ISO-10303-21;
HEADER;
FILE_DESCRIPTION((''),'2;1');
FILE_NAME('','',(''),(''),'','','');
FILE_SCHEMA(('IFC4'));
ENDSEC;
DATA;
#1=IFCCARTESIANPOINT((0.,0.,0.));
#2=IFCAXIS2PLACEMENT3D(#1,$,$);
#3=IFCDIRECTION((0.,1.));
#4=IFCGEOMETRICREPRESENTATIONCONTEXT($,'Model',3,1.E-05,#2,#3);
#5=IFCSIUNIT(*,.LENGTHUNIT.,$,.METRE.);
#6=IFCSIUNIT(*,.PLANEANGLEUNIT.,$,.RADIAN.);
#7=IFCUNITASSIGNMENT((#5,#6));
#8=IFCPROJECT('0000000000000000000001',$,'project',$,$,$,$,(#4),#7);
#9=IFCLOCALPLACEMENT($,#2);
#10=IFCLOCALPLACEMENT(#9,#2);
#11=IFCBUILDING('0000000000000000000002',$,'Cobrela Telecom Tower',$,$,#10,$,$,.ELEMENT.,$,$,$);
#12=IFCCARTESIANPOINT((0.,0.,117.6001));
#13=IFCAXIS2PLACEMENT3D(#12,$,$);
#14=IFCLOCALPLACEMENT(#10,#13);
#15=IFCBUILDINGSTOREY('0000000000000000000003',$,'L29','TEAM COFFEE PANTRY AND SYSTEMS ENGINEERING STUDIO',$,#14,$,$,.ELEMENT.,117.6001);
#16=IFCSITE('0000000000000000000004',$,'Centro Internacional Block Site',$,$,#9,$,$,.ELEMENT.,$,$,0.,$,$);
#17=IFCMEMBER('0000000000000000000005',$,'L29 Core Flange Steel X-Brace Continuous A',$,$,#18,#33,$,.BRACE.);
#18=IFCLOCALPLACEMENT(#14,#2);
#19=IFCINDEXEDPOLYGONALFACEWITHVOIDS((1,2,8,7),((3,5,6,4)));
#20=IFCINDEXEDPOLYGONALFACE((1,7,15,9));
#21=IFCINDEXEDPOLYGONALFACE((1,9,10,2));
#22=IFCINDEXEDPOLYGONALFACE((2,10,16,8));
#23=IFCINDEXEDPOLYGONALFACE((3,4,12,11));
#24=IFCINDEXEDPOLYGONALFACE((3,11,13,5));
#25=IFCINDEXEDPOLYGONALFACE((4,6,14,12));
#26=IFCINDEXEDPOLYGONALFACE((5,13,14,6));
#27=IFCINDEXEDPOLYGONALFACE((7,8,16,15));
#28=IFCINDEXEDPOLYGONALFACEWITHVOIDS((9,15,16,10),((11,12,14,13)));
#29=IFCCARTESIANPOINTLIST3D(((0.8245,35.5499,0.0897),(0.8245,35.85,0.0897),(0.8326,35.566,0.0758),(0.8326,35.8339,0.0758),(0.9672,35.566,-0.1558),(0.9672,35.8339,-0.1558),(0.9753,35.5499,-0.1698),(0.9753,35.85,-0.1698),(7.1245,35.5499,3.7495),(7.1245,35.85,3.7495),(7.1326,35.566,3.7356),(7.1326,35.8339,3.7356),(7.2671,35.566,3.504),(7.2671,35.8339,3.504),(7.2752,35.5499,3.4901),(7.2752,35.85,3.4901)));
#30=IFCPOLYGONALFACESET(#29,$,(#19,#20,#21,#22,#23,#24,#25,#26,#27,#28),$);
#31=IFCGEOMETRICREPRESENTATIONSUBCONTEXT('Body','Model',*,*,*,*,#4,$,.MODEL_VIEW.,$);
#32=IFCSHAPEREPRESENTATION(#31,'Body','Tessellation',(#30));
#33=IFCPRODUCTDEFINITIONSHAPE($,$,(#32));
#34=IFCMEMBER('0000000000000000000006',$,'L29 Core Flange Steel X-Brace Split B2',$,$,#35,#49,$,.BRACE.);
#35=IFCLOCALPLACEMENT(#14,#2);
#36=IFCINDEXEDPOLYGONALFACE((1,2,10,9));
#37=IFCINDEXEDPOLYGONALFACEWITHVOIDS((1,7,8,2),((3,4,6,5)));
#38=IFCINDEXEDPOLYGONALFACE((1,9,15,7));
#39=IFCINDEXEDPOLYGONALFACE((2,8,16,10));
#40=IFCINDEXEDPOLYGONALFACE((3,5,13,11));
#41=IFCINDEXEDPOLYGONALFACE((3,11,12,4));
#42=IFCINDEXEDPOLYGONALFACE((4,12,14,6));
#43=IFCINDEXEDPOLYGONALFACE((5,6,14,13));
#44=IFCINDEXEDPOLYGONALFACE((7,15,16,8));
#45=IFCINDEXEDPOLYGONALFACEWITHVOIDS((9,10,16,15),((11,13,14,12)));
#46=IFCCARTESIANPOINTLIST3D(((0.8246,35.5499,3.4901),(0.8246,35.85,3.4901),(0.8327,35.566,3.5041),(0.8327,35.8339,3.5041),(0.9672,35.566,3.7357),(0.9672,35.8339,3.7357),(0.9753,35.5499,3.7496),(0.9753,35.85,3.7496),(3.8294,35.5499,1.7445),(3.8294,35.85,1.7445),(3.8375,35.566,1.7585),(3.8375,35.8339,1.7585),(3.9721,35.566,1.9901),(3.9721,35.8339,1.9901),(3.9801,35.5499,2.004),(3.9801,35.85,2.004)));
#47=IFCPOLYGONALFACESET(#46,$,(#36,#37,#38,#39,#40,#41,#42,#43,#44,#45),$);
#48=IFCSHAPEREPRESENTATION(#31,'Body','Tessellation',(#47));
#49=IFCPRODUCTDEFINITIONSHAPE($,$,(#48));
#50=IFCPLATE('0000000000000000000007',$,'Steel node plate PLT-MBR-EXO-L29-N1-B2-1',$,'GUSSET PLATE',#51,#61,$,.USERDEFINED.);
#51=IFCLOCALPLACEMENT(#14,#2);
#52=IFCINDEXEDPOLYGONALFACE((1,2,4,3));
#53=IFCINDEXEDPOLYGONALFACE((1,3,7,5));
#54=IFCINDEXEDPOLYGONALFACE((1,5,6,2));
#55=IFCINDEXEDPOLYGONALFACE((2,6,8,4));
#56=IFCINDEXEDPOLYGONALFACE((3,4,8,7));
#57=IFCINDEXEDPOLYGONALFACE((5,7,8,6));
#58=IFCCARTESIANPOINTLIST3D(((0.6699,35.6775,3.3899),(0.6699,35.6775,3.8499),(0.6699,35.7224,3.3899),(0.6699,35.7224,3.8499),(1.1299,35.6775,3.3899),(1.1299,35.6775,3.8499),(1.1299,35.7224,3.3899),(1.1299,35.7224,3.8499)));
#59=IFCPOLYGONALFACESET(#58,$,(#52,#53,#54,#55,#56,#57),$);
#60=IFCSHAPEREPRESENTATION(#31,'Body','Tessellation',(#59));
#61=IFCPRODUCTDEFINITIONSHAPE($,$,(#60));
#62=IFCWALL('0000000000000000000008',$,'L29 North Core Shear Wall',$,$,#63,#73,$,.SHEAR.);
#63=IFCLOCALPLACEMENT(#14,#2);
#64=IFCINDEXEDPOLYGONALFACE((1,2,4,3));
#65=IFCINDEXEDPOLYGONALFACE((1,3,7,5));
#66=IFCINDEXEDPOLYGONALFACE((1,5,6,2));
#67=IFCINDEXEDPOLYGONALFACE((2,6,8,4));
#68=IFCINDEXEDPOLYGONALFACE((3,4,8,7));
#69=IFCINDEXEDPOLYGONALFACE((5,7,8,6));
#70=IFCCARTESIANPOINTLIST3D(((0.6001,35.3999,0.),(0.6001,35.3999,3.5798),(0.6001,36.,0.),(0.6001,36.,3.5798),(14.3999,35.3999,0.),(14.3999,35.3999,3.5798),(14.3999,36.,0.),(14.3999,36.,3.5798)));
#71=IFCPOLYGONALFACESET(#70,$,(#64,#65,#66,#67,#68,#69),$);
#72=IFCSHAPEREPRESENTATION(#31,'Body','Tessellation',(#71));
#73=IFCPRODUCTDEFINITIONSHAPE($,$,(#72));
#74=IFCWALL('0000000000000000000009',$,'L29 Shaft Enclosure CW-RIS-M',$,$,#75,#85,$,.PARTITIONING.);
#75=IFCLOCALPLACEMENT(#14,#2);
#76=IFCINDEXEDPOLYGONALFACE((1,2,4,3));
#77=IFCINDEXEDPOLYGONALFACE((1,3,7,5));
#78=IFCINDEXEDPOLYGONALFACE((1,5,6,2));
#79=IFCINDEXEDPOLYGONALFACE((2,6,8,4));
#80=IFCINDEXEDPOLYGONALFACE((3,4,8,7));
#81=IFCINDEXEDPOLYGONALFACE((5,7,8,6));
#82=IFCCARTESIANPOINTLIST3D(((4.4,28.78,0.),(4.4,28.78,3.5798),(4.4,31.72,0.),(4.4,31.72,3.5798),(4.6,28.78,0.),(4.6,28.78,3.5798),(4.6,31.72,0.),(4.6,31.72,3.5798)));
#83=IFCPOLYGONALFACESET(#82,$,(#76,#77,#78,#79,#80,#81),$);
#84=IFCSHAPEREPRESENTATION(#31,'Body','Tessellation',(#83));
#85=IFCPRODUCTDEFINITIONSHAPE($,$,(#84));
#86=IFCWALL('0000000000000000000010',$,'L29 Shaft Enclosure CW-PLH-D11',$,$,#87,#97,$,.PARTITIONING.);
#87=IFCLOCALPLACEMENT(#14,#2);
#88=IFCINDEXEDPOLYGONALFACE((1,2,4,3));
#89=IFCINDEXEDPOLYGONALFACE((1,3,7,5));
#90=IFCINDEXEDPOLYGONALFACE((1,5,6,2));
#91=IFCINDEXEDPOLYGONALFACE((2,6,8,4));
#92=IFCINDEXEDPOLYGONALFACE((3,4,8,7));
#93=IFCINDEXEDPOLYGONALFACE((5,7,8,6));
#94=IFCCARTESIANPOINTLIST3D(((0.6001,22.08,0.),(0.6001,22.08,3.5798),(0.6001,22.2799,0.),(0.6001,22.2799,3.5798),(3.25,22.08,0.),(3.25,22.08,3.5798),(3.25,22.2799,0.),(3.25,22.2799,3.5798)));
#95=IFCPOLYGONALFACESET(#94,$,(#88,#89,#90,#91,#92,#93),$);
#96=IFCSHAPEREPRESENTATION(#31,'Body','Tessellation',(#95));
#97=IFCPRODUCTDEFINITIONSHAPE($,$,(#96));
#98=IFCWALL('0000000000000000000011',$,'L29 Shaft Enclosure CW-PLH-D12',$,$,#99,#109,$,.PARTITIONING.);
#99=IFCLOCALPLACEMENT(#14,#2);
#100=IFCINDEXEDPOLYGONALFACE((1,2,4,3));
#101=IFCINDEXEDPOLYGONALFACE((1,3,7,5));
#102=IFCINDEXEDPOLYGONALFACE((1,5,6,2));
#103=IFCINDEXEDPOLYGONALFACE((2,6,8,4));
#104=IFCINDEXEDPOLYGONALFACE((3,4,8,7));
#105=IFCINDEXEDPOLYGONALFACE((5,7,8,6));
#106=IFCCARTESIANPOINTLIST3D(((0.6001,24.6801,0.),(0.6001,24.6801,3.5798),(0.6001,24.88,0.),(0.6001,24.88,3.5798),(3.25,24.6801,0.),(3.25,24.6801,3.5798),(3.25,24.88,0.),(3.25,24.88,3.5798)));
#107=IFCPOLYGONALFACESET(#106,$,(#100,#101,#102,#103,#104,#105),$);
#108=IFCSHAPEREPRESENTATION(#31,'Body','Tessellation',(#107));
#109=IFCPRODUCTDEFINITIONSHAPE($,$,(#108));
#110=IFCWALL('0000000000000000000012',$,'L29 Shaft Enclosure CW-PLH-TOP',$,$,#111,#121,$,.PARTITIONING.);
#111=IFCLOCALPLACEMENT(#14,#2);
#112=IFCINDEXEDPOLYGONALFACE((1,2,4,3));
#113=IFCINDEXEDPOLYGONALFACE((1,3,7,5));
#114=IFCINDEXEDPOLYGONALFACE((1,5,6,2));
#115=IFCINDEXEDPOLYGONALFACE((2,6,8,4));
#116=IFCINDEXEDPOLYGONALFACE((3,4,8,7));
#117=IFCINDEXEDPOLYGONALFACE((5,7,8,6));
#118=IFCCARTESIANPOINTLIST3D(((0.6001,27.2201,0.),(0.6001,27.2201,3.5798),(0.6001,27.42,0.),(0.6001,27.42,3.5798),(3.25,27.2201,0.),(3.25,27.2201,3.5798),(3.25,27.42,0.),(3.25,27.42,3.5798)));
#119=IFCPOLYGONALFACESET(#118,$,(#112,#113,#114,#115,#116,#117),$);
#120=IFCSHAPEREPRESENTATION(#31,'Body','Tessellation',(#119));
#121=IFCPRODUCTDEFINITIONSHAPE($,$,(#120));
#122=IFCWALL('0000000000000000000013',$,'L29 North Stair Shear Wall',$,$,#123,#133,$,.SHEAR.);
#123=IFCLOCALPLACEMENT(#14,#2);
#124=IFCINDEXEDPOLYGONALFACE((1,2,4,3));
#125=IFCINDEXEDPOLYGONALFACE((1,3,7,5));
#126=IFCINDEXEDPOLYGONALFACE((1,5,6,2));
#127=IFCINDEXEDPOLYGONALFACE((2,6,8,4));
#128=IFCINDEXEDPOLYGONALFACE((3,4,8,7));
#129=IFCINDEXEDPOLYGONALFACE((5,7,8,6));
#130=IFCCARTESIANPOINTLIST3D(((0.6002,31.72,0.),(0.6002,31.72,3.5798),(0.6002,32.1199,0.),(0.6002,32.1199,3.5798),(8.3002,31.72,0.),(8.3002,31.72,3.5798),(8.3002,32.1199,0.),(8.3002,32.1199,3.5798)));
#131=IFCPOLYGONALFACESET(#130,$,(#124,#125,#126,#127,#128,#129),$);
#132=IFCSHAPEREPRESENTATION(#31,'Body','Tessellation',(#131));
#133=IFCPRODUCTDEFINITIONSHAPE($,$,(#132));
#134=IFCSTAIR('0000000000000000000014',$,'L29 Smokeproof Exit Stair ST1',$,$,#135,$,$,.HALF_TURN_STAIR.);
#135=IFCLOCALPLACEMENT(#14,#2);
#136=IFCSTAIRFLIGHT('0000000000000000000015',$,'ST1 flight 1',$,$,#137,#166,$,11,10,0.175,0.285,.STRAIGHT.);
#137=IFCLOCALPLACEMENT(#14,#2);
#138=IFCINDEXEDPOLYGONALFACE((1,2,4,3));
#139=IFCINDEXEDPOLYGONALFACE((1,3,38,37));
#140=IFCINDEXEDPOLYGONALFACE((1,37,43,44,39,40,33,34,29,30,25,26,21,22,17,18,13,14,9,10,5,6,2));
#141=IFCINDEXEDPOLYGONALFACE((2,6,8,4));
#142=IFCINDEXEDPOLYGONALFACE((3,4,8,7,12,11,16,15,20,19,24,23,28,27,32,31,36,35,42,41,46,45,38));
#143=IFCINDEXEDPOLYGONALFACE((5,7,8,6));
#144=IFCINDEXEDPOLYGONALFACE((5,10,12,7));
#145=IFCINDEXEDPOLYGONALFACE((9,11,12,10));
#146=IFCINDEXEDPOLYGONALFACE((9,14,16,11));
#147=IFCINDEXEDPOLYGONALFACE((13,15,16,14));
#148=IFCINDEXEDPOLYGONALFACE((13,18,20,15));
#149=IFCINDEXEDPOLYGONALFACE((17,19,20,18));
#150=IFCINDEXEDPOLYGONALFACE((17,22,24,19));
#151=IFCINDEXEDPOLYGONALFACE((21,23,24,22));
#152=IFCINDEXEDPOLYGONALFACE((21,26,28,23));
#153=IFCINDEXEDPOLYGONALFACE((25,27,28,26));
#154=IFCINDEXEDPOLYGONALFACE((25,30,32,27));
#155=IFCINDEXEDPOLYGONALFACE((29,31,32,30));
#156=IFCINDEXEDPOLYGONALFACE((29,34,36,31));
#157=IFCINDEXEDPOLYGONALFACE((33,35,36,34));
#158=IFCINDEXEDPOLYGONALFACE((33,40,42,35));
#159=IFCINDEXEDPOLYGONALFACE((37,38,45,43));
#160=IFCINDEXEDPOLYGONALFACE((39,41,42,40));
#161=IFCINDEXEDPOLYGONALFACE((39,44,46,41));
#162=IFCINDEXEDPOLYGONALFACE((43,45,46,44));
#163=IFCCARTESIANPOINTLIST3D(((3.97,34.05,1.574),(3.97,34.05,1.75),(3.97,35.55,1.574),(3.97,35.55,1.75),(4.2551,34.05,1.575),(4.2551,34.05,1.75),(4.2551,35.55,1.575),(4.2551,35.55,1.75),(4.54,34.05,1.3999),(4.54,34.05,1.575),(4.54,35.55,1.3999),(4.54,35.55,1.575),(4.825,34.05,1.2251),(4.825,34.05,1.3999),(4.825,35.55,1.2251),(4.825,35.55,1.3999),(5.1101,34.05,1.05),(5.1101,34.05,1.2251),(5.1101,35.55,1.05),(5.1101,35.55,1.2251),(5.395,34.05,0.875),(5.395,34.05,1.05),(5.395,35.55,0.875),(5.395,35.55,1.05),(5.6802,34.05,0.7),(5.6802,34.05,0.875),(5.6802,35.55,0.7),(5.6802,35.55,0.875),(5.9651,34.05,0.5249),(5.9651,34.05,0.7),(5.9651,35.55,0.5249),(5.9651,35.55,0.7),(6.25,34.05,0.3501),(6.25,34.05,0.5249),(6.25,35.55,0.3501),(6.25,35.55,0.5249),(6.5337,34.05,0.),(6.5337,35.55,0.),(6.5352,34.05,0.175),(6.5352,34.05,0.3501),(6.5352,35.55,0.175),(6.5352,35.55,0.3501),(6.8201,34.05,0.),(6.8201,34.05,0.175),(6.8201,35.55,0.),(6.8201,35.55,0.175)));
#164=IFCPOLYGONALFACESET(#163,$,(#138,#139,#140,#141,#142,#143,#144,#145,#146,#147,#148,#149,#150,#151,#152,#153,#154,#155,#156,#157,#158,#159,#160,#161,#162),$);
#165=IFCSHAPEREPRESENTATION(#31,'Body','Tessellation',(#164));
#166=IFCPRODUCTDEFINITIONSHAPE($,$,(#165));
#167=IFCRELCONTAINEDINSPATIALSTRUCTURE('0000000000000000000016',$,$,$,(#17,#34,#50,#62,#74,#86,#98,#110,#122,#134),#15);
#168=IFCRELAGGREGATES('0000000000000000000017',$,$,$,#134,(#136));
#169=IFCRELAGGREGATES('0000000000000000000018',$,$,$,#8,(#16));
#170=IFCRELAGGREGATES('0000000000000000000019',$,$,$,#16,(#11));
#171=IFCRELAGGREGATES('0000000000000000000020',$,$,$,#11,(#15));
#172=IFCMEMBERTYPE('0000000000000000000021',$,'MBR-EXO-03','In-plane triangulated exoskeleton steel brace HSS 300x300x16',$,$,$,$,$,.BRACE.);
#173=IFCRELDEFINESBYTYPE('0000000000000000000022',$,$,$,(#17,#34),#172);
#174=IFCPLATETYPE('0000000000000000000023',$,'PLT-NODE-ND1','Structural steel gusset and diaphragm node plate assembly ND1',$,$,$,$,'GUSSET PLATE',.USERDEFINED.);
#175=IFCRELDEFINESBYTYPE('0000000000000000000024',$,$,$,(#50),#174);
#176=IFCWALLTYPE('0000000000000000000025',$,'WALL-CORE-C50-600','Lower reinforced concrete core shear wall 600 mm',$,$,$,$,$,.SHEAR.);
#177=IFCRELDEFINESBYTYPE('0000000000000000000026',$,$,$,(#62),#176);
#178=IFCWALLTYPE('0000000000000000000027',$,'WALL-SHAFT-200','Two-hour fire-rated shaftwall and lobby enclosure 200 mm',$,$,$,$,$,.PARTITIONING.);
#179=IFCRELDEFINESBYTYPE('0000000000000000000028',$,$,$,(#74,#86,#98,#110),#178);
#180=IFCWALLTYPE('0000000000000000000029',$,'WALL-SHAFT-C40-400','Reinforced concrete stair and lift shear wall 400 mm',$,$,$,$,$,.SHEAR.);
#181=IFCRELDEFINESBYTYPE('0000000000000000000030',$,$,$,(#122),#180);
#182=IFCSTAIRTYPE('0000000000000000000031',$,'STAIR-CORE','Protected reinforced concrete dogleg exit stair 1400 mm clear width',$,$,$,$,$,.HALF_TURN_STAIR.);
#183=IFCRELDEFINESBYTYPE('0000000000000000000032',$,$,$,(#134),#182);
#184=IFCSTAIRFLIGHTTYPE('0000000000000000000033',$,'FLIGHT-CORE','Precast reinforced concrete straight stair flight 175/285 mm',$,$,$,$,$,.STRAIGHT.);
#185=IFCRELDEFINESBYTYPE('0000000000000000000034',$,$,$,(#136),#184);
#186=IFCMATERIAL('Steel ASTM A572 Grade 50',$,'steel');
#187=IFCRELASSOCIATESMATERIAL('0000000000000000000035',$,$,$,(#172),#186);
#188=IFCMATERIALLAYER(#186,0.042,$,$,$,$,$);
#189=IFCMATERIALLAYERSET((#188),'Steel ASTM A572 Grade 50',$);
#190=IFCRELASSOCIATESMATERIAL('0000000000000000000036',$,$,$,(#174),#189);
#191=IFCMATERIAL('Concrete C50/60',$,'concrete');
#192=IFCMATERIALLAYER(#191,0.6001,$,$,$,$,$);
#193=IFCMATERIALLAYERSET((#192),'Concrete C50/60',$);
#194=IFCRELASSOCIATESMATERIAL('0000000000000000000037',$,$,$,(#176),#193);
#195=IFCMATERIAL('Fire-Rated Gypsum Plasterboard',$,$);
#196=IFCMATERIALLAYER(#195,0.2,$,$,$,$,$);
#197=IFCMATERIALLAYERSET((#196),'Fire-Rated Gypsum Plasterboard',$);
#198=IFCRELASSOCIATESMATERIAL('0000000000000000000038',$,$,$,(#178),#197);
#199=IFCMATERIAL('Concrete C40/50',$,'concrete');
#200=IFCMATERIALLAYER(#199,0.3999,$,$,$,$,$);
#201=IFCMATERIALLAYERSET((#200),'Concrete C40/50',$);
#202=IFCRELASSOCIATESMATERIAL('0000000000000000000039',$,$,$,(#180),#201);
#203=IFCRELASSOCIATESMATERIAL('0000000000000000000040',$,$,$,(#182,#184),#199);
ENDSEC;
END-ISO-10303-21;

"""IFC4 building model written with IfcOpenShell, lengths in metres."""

from ifc_helpers import new_model, si_unit, direction, frame, frame_2d, origin, origin_2d, place, context, subcontext, project, spatial, polyline, rectangle, hollow_rectangle, outline, extrude, material, layer, layer_set, material_profile, profile_set, type_object, element, aggregate, save


model = new_model("IFC4")

# Units and contexts
model_context = context("Model", 3, precision=1e-05, world=origin(), true_north=direction((0.0, 1.0)))
body_context = subcontext(model_context, "Body", "Model", "MODEL_VIEW")
ifc_project = project(units=[si_unit("LENGTHUNIT", "METRE"), si_unit("PLANEANGLEUNIT", "RADIAN")], contexts=[model_context])

# Site, building, storey
site_placement = place(None, origin())
site = spatial("IfcSite", under=ifc_project, at=site_placement, Name="Centro Internacional Block Site", CompositionType="ELEMENT", RefElevation=0.0)
building_placement = place(site_placement, origin())
building = spatial("IfcBuilding", under=site, at=building_placement, Name="Cobrela Telecom Tower", CompositionType="ELEMENT")
storey_placement = place(building_placement, frame((0.0, 0.0, 117.6001)))
storey = spatial("IfcBuildingStorey", under=building, at=storey_placement, Name="L29", Description="TEAM COFFEE PANTRY AND SYSTEMS ENGINEERING STUDIO", CompositionType="ELEMENT", Elevation=117.6001)

# Members
ifc_material_1 = material(Name="Steel ASTM A572 Grade 50", Category="steel")
ifc_material_profile = material_profile(ifc_material_1, hollow_rectangle(XDim=0.3, YDim=0.3, WallThickness=0.0161, at=origin_2d()), Name="HSS 300x300x16")
ifc_profile_set = profile_set([ifc_material_profile], Name="Steel ASTM A572 Grade 50")
member_type = type_object("IfcMemberType", Name="MBR-EXO-03", Description="In-plane triangulated exoskeleton steel brace HSS 300x300x16", PredefinedType="BRACE", material=ifc_profile_set)
member_1_placement = place(storey_placement, frame((0.8999, 35.7, -0.04), z_axis=(0.864681, 0.0, 0.502322), x_axis=(0.0, 1.0, 0.0)))
element("IfcMember", 1, at=member_1_placement, inside=storey, type_object=member_type, Name="L29 Core Flange Steel X-Brace Continuous A", PredefinedType="BRACE", context=body_context, shape_type="SweptSolid", body=[
    extrude(hollow_rectangle(XDim=0.3, YDim=0.3, WallThickness=0.0161, at=origin_2d()), origin(), (0.0, 0.0, 1.0), 7.2859),
])
member_2_placement = place(storey_placement, frame((3.9048, 35.7, 1.8743), z_axis=(-0.864685, 0.0, 0.502315), x_axis=(0.0, -1.0, 0.0)))
element("IfcMember", 2, at=member_2_placement, inside=storey, type_object=member_type, Name="L29 Core Flange Steel X-Brace Split B2", PredefinedType="BRACE", context=body_context, shape_type="SweptSolid", body=[
    extrude(hollow_rectangle(XDim=0.3, YDim=0.3, WallThickness=0.0161, at=origin_2d()), origin(), (0.0, 0.0, 1.0), 3.4751),
])

# Plate
ifc_layer_1 = layer(ifc_material_1, 0.042)
ifc_layer_set_1 = layer_set([ifc_layer_1], Name="Steel ASTM A572 Grade 50")
plate_type = type_object("IfcPlateType", Name="PLT-NODE-ND1", Description="Structural steel gusset and diaphragm node plate assembly ND1", ElementType="GUSSET PLATE", PredefinedType="USERDEFINED", material=ifc_layer_set_1)
plate_placement = place(storey_placement, frame((0.8999, 35.7, 3.3899), z_axis=(0.0, 0.0, 1.0), x_axis=(-1.0, 0.0, 0.0)))
element("IfcPlate", 3, at=plate_placement, inside=storey, type_object=plate_type, Name="Steel node plate PLT-MBR-EXO-L29-N1-B2-1", ObjectType="GUSSET PLATE", PredefinedType="USERDEFINED", context=body_context, shape_type="SweptSolid", body=[
    extrude(rectangle(XDim=0.46, YDim=0.0449, at=origin_2d()), origin(), (0.0, 0.0, 1.0), 0.46),
])

# Wall
ifc_material_2 = material(Name="Concrete C50/60", Category="concrete")
ifc_layer_2 = layer(ifc_material_2, 0.6001)
ifc_layer_set_2 = layer_set([ifc_layer_2], Name="Concrete C50/60")
wall_type_1 = type_object("IfcWallType", Name="WALL-CORE-C50-600", Description="Lower reinforced concrete core shear wall 600 mm", PredefinedType="SHEAR", material=ifc_layer_set_2)
wall_1_placement = place(storey_placement, frame((0.6001, 35.7, 0.0), z_axis=(0.0, 0.0, 1.0), x_axis=(1.0, 0.0, 0.0)))
element("IfcWall", 4, at=wall_1_placement, inside=storey, type_object=wall_type_1, Name="L29 North Core Shear Wall", PredefinedType="SHEAR", context=body_context, shape_type="SweptSolid", body=[
    extrude(rectangle(XDim=13.7998, YDim=0.6001, at=frame_2d((6.8999, 0.0))), origin(), (0.0, 0.0, 1.0), 3.5798),
])

# Shared definitions
ifc_material_3 = material(Name="Fire-Rated Gypsum Plasterboard")
ifc_layer_3 = layer(ifc_material_3, 0.2)
ifc_layer_set_3 = layer_set([ifc_layer_3], Name="Fire-Rated Gypsum Plasterboard")
wall_type_2 = type_object("IfcWallType", Name="WALL-SHAFT-200", Description="Two-hour fire-rated shaftwall and lobby enclosure 200 mm", PredefinedType="PARTITIONING", material=ifc_layer_set_3)

# Walls
wall_2_placement = place(storey_placement, frame((4.5, 28.78, 0.0), z_axis=(0.0, 0.0, 1.0), x_axis=(0.0, 1.0, 0.0)))
element("IfcWall", 5, at=wall_2_placement, inside=storey, type_object=wall_type_2, Name="L29 Shaft Enclosure CW-RIS-M", PredefinedType="PARTITIONING", context=body_context, shape_type="SweptSolid", body=[
    extrude(rectangle(XDim=2.9399, YDim=0.2, at=frame_2d((1.47, 0.0))), origin(), (0.0, 0.0, 1.0), 3.5798),
])
for number, where, z_axis, x_axis, name in (
    (6, (0.6001, 22.1799, 0.0), (0.0, 0.0, 1.0), (1.0, 0.0, 0.0), "L29 Shaft Enclosure CW-PLH-D11"),
    (7, (0.6001, 24.78, 0.0), (0.0, 0.0, 1.0), (1.0, 0.0, 0.0), "L29 Shaft Enclosure CW-PLH-D12"),
    (8, (0.6001, 27.3201, 0.0), (0.0, 0.0, 1.0), (1.0, 0.0, 0.0), "L29 Shaft Enclosure CW-PLH-TOP"),
):
    element("IfcWall", number, at=place(storey_placement, frame(where, z_axis=z_axis, x_axis=x_axis)), inside=storey, type_object=wall_type_2, Name=name, PredefinedType="PARTITIONING", context=body_context, shape_type="SweptSolid", body=[
        extrude(rectangle(XDim=2.6499, YDim=0.2, at=frame_2d((1.325, 0.0))), origin(), (0.0, 0.0, 1.0), 3.5798),
    ])
ifc_material_4 = material(Name="Concrete C40/50", Category="concrete")
ifc_layer_4 = layer(ifc_material_4, 0.3999)
ifc_layer_set_4 = layer_set([ifc_layer_4], Name="Concrete C40/50")
wall_type_3 = type_object("IfcWallType", Name="WALL-SHAFT-C40-400", Description="Reinforced concrete stair and lift shear wall 400 mm", PredefinedType="SHEAR", material=ifc_layer_set_4)
wall_3_placement = place(storey_placement, frame((0.6001, 31.9199, 0.0), z_axis=(0.0, 0.0, 1.0), x_axis=(1.0, 0.0, 0.0)))
element("IfcWall", 9, at=wall_3_placement, inside=storey, type_object=wall_type_3, Name="L29 North Stair Shear Wall", PredefinedType="SHEAR", context=body_context, shape_type="SweptSolid", body=[
    extrude(rectangle(XDim=7.7, YDim=0.3999, at=frame_2d((3.8501, 0.0))), origin(), (0.0, 0.0, 1.0), 3.5798),
])

# Stair, stair flight
stair_type = type_object("IfcStairType", Name="STAIR-CORE", Description="Protected reinforced concrete dogleg exit stair 1400 mm clear width", PredefinedType="HALF_TURN_STAIR", material=ifc_material_4)
stair_placement = place(storey_placement, origin())
stair = element("IfcStair", 10, at=stair_placement, inside=storey, type_object=stair_type, Name="L29 Smokeproof Exit Stair ST1", PredefinedType="HALF_TURN_STAIR")
stair_flight_type = type_object("IfcStairFlightType", Name="FLIGHT-CORE", Description="Precast reinforced concrete straight stair flight 175/285 mm", PredefinedType="STRAIGHT", material=ifc_material_4)
stair_flight_1_placement = place(storey_placement, frame((6.8201, 34.8, 0.0), z_axis=(0.0, 0.0, 1.0), x_axis=(-1.0, 0.0, 0.0)))
stair_flight_1 = element("IfcStairFlight", 11, at=stair_flight_1_placement, type_object=stair_flight_type, Name="ST1 flight 1", NumberOfRisers=11, NumberOfTreads=10, PredefinedType="STRAIGHT", RiserHeight=0.175, TreadLength=0.285, context=body_context, shape_type="SweptSolid", body=[
    extrude(outline(polyline([(0.0, 0.0), (0.0, 0.175), (0.2849, 0.175), (0.2849, 0.3501), (0.5701, 0.3501), (0.5701, 0.5249), (0.855, 0.5249), (0.855, 0.7), (1.1399, 0.7), (1.1399, 0.875), (1.425, 0.875), (1.425, 1.05), (1.71, 1.05), (1.71, 1.2251), (1.9951, 1.2251), (1.9951, 1.3999), (2.28, 1.3999), (2.28, 1.575), (2.5649, 1.575), (2.5649, 1.75), (2.8501, 1.75), (2.8501, 1.925), (2.8501, 1.574), (0.2864, 0.0), (0.0, 0.0)])), frame((0.0, 0.75, 0.0), z_axis=(0.0, -1.0, 0.0), x_axis=(1.0, 0.0, 0.0)), (0.0, 0.0, 1.0), 1.5),
])
aggregate(stair, [stair_flight_1])

save(model, "model.ifc")
